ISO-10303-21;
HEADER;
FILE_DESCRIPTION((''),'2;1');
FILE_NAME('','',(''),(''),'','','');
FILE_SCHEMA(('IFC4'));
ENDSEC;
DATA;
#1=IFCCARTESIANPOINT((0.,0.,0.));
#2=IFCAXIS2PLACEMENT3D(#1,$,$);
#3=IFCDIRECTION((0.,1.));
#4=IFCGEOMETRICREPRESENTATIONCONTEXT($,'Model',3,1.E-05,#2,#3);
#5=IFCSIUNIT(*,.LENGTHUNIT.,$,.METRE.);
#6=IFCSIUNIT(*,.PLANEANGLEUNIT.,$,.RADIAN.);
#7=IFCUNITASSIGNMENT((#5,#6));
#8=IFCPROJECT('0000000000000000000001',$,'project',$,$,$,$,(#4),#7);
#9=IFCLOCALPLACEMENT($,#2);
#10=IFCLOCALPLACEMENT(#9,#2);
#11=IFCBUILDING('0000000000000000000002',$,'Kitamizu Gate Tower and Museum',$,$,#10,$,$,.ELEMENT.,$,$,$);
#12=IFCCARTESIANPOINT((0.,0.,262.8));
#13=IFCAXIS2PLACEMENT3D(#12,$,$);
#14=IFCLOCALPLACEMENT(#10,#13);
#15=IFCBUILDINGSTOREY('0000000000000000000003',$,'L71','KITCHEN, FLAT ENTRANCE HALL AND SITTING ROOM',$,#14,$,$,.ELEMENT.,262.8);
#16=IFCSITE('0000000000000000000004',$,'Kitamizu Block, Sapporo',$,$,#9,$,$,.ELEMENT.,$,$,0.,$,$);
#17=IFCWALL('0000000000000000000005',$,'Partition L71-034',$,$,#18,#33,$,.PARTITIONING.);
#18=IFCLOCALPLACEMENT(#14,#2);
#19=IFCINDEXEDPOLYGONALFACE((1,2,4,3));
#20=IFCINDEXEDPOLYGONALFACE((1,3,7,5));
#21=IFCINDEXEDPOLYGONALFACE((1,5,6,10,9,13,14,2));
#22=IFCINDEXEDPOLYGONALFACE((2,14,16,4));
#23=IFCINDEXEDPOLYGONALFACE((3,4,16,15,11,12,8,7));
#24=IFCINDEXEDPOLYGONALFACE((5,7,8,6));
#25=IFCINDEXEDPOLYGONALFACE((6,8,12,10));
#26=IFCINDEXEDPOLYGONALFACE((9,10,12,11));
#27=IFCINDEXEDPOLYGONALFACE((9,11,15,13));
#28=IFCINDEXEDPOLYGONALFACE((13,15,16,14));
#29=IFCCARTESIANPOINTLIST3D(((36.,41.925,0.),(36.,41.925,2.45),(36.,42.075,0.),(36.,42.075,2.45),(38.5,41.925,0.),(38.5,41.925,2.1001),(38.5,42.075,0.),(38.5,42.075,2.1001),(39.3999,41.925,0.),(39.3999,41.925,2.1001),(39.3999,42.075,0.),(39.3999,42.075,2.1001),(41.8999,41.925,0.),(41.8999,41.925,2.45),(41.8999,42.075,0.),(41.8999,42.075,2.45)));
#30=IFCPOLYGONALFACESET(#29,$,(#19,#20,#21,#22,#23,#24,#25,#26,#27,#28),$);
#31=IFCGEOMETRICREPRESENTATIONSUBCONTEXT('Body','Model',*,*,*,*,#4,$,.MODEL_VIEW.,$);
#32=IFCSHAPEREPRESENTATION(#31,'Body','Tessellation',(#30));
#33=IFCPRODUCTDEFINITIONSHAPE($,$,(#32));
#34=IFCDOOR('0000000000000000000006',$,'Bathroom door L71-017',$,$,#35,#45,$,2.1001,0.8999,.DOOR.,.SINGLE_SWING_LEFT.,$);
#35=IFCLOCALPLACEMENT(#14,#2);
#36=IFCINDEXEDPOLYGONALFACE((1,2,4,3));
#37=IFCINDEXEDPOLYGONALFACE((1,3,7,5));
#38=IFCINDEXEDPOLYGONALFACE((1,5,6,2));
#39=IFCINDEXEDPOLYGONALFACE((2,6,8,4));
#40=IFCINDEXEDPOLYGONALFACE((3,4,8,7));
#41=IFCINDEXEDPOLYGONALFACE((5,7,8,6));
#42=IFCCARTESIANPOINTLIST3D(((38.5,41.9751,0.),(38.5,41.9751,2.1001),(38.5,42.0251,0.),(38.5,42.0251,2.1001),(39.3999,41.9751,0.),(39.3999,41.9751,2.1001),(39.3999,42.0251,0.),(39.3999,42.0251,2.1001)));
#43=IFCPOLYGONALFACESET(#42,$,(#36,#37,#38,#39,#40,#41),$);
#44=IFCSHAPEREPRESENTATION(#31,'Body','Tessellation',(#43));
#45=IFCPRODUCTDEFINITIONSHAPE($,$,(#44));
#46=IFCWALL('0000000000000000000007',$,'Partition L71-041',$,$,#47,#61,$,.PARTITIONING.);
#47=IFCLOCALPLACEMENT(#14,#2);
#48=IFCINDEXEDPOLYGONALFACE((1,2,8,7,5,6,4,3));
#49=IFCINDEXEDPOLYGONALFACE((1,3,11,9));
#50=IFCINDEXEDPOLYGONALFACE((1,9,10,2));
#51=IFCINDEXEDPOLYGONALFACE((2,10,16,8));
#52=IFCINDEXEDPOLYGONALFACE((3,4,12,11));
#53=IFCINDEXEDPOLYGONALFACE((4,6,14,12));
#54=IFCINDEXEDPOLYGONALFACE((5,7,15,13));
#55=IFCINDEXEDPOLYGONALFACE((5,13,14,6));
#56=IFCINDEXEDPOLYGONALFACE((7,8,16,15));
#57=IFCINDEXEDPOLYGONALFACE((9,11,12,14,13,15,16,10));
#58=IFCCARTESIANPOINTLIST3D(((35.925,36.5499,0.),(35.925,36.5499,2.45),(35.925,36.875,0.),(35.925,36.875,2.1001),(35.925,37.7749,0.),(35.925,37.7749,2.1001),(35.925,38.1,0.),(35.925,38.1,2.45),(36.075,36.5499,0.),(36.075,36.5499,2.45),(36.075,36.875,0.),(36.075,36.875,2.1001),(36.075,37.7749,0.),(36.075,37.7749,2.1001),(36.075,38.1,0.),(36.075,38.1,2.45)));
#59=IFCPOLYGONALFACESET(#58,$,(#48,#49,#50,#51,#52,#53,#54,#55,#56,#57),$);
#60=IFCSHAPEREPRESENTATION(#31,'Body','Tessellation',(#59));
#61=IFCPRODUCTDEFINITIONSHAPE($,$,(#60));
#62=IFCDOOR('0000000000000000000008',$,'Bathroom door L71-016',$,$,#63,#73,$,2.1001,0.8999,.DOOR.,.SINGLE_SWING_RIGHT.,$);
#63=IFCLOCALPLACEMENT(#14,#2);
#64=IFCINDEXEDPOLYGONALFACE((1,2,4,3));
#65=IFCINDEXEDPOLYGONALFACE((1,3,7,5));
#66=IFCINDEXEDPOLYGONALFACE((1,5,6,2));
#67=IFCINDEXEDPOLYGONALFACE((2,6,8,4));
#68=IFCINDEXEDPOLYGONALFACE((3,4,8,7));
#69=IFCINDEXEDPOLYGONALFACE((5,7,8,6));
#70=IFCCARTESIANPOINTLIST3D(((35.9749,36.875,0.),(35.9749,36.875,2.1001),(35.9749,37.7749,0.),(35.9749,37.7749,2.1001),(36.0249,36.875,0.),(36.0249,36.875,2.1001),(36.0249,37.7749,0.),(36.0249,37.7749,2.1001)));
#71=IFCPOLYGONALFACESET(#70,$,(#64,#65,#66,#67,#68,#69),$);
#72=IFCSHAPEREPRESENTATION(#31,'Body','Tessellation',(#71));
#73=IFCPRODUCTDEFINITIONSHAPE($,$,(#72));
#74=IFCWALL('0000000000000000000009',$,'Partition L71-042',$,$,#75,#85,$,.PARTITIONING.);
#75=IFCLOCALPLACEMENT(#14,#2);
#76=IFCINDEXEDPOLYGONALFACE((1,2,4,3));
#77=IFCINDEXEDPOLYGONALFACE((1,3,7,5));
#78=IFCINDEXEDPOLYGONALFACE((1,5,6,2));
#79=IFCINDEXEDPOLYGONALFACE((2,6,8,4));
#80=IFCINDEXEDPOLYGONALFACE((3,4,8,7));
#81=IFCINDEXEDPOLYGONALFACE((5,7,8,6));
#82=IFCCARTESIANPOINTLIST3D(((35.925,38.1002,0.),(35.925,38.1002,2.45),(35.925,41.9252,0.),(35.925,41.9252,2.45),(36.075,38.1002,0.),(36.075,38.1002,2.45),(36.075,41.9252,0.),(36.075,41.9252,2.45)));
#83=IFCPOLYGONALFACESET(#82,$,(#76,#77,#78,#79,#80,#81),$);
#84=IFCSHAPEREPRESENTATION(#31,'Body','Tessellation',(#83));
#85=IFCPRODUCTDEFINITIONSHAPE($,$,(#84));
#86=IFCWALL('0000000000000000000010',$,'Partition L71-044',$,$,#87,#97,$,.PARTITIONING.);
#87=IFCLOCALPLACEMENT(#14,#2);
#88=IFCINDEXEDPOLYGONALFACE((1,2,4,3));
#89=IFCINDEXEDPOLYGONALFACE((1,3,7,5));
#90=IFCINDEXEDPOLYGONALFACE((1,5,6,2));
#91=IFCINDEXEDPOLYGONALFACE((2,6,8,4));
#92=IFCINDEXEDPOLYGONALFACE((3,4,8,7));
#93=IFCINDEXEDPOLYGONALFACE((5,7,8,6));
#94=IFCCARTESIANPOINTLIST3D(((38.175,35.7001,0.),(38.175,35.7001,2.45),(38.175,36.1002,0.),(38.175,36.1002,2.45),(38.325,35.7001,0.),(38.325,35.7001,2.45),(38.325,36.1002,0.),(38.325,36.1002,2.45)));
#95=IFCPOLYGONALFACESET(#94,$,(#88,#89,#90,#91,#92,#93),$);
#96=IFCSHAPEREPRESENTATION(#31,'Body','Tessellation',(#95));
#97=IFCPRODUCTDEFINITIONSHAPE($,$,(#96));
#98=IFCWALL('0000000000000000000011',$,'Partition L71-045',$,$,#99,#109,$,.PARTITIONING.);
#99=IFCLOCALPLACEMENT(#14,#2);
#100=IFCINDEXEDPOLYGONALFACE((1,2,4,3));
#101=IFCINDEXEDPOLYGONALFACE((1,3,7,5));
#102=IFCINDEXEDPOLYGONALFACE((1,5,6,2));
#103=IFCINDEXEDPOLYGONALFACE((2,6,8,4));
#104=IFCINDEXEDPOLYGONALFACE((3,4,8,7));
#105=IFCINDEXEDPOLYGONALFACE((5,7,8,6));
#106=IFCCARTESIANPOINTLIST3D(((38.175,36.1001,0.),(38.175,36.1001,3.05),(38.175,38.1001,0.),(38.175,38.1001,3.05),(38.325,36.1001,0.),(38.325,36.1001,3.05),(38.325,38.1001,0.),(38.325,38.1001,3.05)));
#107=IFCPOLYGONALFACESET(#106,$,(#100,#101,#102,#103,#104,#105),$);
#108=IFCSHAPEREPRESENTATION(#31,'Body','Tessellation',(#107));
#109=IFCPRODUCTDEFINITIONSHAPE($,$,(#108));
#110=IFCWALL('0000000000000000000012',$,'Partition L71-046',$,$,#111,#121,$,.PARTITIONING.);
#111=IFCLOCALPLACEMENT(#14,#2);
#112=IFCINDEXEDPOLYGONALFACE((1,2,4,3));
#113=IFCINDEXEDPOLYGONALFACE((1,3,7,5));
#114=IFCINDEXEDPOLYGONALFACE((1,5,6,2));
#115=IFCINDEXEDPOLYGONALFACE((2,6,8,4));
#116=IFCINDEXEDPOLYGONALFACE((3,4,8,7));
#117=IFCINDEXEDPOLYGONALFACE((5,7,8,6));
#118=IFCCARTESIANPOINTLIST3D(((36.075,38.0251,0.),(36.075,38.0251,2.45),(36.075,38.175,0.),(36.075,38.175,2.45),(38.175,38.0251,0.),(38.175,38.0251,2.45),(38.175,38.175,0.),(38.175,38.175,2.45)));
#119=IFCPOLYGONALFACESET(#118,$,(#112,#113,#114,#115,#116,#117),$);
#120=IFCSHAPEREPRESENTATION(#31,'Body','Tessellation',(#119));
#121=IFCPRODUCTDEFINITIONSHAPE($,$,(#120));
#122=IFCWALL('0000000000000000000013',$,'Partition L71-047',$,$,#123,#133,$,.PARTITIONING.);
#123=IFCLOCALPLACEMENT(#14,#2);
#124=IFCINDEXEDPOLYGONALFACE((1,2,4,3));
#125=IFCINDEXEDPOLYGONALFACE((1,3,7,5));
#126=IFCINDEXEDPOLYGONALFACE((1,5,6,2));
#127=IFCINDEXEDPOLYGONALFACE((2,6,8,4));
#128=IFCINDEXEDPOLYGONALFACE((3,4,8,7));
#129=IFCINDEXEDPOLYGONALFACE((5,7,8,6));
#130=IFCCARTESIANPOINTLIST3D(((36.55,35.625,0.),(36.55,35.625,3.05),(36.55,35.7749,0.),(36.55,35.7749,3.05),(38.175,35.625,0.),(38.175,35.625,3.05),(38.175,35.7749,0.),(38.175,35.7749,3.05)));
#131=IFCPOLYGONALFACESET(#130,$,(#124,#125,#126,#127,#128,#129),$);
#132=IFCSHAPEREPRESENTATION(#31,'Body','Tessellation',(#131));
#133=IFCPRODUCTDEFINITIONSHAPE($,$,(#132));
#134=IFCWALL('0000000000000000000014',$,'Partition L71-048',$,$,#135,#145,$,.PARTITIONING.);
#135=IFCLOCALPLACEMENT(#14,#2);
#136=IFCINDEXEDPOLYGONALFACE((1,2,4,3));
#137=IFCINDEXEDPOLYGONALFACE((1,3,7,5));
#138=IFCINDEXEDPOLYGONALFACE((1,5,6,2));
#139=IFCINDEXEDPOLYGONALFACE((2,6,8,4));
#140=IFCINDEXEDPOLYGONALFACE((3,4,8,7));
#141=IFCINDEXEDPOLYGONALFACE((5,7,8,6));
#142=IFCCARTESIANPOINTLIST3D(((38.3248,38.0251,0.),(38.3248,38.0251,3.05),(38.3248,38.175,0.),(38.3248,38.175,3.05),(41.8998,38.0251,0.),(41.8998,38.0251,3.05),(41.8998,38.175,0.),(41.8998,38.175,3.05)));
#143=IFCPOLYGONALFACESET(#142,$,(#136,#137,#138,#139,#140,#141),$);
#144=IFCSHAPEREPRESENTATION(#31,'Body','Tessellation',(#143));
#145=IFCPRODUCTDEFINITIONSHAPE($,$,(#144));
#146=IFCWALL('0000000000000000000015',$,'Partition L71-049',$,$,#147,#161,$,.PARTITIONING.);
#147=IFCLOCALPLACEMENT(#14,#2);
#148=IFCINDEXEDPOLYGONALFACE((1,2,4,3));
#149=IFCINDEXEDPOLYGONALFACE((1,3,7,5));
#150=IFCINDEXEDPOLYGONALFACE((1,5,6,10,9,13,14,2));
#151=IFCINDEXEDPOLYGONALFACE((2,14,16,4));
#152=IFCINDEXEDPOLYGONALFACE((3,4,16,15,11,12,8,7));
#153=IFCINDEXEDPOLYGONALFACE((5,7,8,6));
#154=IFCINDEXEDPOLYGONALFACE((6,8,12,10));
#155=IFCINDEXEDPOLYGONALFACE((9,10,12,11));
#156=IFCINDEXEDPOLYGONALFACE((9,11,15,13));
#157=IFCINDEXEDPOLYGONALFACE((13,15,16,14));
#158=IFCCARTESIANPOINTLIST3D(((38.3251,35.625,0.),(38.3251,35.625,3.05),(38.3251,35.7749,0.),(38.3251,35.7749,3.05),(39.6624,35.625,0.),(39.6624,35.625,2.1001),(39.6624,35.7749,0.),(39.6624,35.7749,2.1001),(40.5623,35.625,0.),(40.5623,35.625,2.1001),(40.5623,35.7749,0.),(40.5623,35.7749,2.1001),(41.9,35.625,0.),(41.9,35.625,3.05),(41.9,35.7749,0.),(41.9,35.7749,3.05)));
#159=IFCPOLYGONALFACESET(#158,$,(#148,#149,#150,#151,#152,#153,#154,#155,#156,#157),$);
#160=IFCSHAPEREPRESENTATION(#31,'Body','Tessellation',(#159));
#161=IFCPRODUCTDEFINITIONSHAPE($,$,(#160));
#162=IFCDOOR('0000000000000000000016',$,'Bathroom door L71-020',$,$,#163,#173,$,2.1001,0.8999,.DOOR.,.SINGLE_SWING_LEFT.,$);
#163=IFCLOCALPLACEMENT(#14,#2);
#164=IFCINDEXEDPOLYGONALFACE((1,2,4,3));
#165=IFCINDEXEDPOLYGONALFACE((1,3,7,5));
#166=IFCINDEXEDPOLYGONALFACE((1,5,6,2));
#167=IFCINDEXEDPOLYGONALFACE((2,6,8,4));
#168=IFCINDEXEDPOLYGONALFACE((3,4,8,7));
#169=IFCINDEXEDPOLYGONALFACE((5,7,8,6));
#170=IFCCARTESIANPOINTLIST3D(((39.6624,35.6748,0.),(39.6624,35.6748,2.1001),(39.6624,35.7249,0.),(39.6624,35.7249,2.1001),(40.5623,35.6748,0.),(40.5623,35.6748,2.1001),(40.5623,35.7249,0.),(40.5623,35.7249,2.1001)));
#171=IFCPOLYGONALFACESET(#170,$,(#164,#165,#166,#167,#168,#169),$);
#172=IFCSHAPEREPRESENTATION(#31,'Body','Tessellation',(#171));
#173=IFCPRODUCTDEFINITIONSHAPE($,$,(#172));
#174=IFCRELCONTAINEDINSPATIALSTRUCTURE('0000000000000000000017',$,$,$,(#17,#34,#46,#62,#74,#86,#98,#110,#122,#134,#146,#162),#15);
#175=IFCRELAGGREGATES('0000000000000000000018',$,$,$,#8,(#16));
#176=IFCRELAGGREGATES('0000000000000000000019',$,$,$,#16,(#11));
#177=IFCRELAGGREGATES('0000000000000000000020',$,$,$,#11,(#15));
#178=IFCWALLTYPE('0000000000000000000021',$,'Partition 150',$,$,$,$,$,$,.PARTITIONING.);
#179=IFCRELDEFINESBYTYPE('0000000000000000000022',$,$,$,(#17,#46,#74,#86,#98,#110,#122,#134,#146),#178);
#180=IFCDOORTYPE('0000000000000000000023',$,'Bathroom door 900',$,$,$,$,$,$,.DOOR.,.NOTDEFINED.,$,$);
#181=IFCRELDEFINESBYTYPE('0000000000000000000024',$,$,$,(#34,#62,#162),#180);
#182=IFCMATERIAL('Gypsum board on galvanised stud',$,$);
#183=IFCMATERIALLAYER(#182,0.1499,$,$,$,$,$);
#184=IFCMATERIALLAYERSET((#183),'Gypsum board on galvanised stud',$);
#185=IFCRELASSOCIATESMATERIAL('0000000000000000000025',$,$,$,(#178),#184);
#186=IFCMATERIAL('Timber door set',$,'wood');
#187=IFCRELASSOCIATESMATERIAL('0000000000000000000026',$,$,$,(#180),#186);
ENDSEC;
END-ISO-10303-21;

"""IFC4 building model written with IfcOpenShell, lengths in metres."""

from ifc_helpers import new_model, si_unit, direction, frame, frame_2d, origin, place, context, subcontext, project, spatial, rectangle, extrude, material, layer, layer_set, type_object, element, fill, save


model = new_model("IFC4")

# Units and contexts
model_context = context("Model", 3, precision=1e-05, world=origin(), true_north=direction((0.0, 1.0)))
body_context = subcontext(model_context, "Body", "Model", "MODEL_VIEW")
ifc_project = project(units=[si_unit("LENGTHUNIT", "METRE"), si_unit("PLANEANGLEUNIT", "RADIAN")], contexts=[model_context])

# Site, building, storey
site_placement = place(None, origin())
site = spatial("IfcSite", under=ifc_project, at=site_placement, Name="Kitamizu Block, Sapporo", CompositionType="ELEMENT", RefElevation=0.0)
building_placement = place(site_placement, origin())
building = spatial("IfcBuilding", under=site, at=building_placement, Name="Kitamizu Gate Tower and Museum", CompositionType="ELEMENT")
storey_placement = place(building_placement, frame((0.0, 0.0, 262.8)))
storey = spatial("IfcBuildingStorey", under=building, at=storey_placement, Name="L71", Description="KITCHEN, FLAT ENTRANCE HALL AND SITTING ROOM", CompositionType="ELEMENT", Elevation=262.8)

# Walls, openings, doors
ifc_material_1 = material(Name="Gypsum board on galvanised stud")
ifc_layer_1 = layer(ifc_material_1, 0.1499)
ifc_layer_set_1 = layer_set([ifc_layer_1], Name="Gypsum board on galvanised stud")
wall_type_1 = type_object("IfcWallType", Name="Partition 150", PredefinedType="PARTITIONING", material=ifc_layer_set_1)
wall_1_placement = place(storey_placement, frame((36.0, 42.0, 0.0), z_axis=(0.0, 0.0, 1.0), x_axis=(1.0, 0.0, 0.0)))
wall_1 = element("IfcWall", 1, at=wall_1_placement, inside=storey, type_object=wall_type_1, Name="Partition L71-034", PredefinedType="PARTITIONING", context=body_context, shape_type="SweptSolid", body=[
    extrude(rectangle(XDim=5.8999, YDim=0.1499, at=frame_2d((2.95, 0.0))), origin(), (0.0, 0.0, 1.0), 2.45),
])
opening_1_placement = place(wall_1_placement, frame((2.5, 0.0, 0.0)))
opening_1 = element("IfcOpeningElement", 2, at=opening_1_placement, cuts=wall_1, PredefinedType="OPENING", context=body_context, shape_type="SweptSolid", body=[
    extrude(rectangle(XDim=0.8999, YDim=2.1001, at=frame_2d((0.45, 1.05))), frame((0.0, 0.085, 0.0), z_axis=(0.0, -1.0, 0.0), x_axis=(1.0, 0.0, 0.0)), (0.0, 0.0, 1.0), 0.1699),
])
ifc_material_2 = material(Name="Timber door set", Category="wood")
door_type_1 = type_object("IfcDoorType", Name="Bathroom door 900", OperationType="NOTDEFINED", PredefinedType="DOOR", material=ifc_material_2)
door_1_placement = place(opening_1_placement, frame((0.8999, 0.0, 0.0), x_axis=(-1.0, 0.0, 0.0)))
door_1 = element("IfcDoor", 3, at=door_1_placement, inside=storey, type_object=door_type_1, Name="Bathroom door L71-017", OperationType="SINGLE_SWING_LEFT", OverallHeight=2.1001, OverallWidth=0.8999, PredefinedType="DOOR", context=body_context, shape_type="SweptSolid", body=[
    extrude(rectangle(XDim=0.8999, YDim=2.1001, at=frame_2d((0.45, 1.05))), frame((0.0, 0.0249, 0.0), z_axis=(0.0, -1.0, 0.0), x_axis=(1.0, 0.0, 0.0)), (0.0, 0.0, 1.0), 0.05),
])
fill(opening_1, door_1)
wall_2_placement = place(storey_placement, frame((36.0, 36.55, 0.0), z_axis=(0.0, 0.0, 1.0), x_axis=(0.0, 1.0, 0.0)))
wall_2 = element("IfcWall", 4, at=wall_2_placement, inside=storey, type_object=wall_type_1, Name="Partition L71-041", PredefinedType="PARTITIONING", context=body_context, shape_type="SweptSolid", body=[
    extrude(rectangle(XDim=1.55, YDim=0.1499, at=frame_2d((0.7749, 0.0))), origin(), (0.0, 0.0, 1.0), 2.45),
])
opening_2_placement = place(wall_2_placement, frame((0.325, 0.0, 0.0)))
opening_2 = element("IfcOpeningElement", 5, at=opening_2_placement, cuts=wall_2, PredefinedType="OPENING", context=body_context, shape_type="SweptSolid", body=[
    extrude(rectangle(XDim=0.8999, YDim=2.1001, at=frame_2d((0.45, 1.05))), frame((0.0, 0.085, 0.0), z_axis=(0.0, -1.0, 0.0), x_axis=(1.0, 0.0, 0.0)), (0.0, 0.0, 1.0), 0.1699),
])
door_2_placement = place(opening_2_placement, frame((0.8999, 0.0, 0.0), x_axis=(-1.0, 0.0, 0.0)))
door_2 = element("IfcDoor", 6, at=door_2_placement, inside=storey, type_object=door_type_1, Name="Bathroom door L71-016", OperationType="SINGLE_SWING_RIGHT", OverallHeight=2.1001, OverallWidth=0.8999, PredefinedType="DOOR", context=body_context, shape_type="SweptSolid", body=[
    extrude(rectangle(XDim=0.8999, YDim=2.1001, at=frame_2d((0.45, 1.05))), frame((0.0, 0.0249, 0.0), z_axis=(0.0, -1.0, 0.0), x_axis=(1.0, 0.0, 0.0)), (0.0, 0.0, 1.0), 0.05),
])
fill(opening_2, door_2)

# Walls
wall_3_placement = place(storey_placement, frame((36.0, 38.1001, 0.0), z_axis=(0.0, 0.0, 1.0), x_axis=(0.0, 1.0, 0.0)))
element("IfcWall", 7, at=wall_3_placement, inside=storey, type_object=wall_type_1, Name="Partition L71-042", PredefinedType="PARTITIONING", context=body_context, shape_type="SweptSolid", body=[
    extrude(rectangle(XDim=3.825, YDim=0.1499, at=frame_2d((1.9126, 0.0))), origin(), (0.0, 0.0, 1.0), 2.45),
])
wall_4_placement = place(storey_placement, frame((38.25, 35.7, 0.0), z_axis=(0.0, 0.0, 1.0), x_axis=(0.0, 1.0, 0.0)))
element("IfcWall", 8, at=wall_4_placement, inside=storey, type_object=wall_type_1, Name="Partition L71-044", PredefinedType="PARTITIONING", context=body_context, shape_type="SweptSolid", body=[
    extrude(rectangle(XDim=0.4001, YDim=0.1499, at=frame_2d((0.2002, 0.0))), origin(), (0.0, 0.0, 1.0), 2.45),
])
wall_5_placement = place(storey_placement, frame((38.25, 36.1001, 0.0), z_axis=(0.0, 0.0, 1.0), x_axis=(0.0, 1.0, 0.0)))
element("IfcWall", 9, at=wall_5_placement, inside=storey, type_object=wall_type_1, Name="Partition L71-045", PredefinedType="PARTITIONING", context=body_context, shape_type="SweptSolid", body=[
    extrude(rectangle(XDim=2.0, YDim=0.1499, at=frame_2d((1.0, 0.0))), origin(), (0.0, 0.0, 1.0), 3.05),
])
wall_6_placement = place(storey_placement, frame((38.175, 38.1001, 0.0), z_axis=(0.0, 0.0, 1.0), x_axis=(-1.0, 0.0, 0.0)))
element("IfcWall", 10, at=wall_6_placement, inside=storey, type_object=wall_type_1, Name="Partition L71-046", PredefinedType="PARTITIONING", context=body_context, shape_type="SweptSolid", body=[
    extrude(rectangle(XDim=2.1001, YDim=0.1499, at=frame_2d((1.05, 0.0))), origin(), (0.0, 0.0, 1.0), 2.45),
])
wall_7_placement = place(storey_placement, frame((36.55, 35.7, 0.0), z_axis=(0.0, 0.0, 1.0), x_axis=(1.0, 0.0, 0.0)))
element("IfcWall", 11, at=wall_7_placement, inside=storey, type_object=wall_type_1, Name="Partition L71-047", PredefinedType="PARTITIONING", context=body_context, shape_type="SweptSolid", body=[
    extrude(rectangle(XDim=1.625, YDim=0.1499, at=frame_2d((0.8125, 0.0))), origin(), (0.0, 0.0, 1.0), 3.05),
])
wall_8_placement = place(storey_placement, frame((41.8999, 38.1001, 0.0), z_axis=(0.0, 0.0, 1.0), x_axis=(-1.0, 0.0, 0.0)))
element("IfcWall", 12, at=wall_8_placement, inside=storey, type_object=wall_type_1, Name="Partition L71-048", PredefinedType="PARTITIONING", context=body_context, shape_type="SweptSolid", body=[
    extrude(rectangle(XDim=3.575, YDim=0.1499, at=frame_2d((1.7876, 0.0))), origin(), (0.0, 0.0, 1.0), 3.05),
])

# Wall, opening, door
wall_9_placement = place(storey_placement, frame((38.325, 35.7, 0.0), z_axis=(0.0, 0.0, 1.0), x_axis=(1.0, 0.0, 0.0)))
wall_9 = element("IfcWall", 13, at=wall_9_placement, inside=storey, type_object=wall_type_1, Name="Partition L71-049", PredefinedType="PARTITIONING", context=body_context, shape_type="SweptSolid", body=[
    extrude(rectangle(XDim=3.575, YDim=0.1499, at=frame_2d((1.7876, 0.0))), origin(), (0.0, 0.0, 1.0), 3.05),
])
opening_3_placement = place(wall_9_placement, frame((1.3374, 0.0, 0.0)))
opening_3 = element("IfcOpeningElement", 14, at=opening_3_placement, cuts=wall_9, PredefinedType="OPENING", context=body_context, shape_type="SweptSolid", body=[
    extrude(rectangle(XDim=0.8999, YDim=2.1001, at=frame_2d((0.45, 1.05))), frame((0.0, 0.085, 0.0), z_axis=(0.0, -1.0, 0.0), x_axis=(1.0, 0.0, 0.0)), (0.0, 0.0, 1.0), 0.1699),
])
door_3_placement = place(opening_3_placement, origin())
door_3 = element("IfcDoor", 15, at=door_3_placement, inside=storey, type_object=door_type_1, Name="Bathroom door L71-020", OperationType="SINGLE_SWING_LEFT", OverallHeight=2.1001, OverallWidth=0.8999, PredefinedType="DOOR", context=body_context, shape_type="SweptSolid", body=[
    extrude(rectangle(XDim=0.8999, YDim=2.1001, at=frame_2d((0.45, 1.05))), frame((0.0, 0.0249, 0.0), z_axis=(0.0, -1.0, 0.0), x_axis=(1.0, 0.0, 0.0)), (0.0, 0.0, 1.0), 0.05),
])
fill(opening_3, door_3)

save(model, "model.ifc")
